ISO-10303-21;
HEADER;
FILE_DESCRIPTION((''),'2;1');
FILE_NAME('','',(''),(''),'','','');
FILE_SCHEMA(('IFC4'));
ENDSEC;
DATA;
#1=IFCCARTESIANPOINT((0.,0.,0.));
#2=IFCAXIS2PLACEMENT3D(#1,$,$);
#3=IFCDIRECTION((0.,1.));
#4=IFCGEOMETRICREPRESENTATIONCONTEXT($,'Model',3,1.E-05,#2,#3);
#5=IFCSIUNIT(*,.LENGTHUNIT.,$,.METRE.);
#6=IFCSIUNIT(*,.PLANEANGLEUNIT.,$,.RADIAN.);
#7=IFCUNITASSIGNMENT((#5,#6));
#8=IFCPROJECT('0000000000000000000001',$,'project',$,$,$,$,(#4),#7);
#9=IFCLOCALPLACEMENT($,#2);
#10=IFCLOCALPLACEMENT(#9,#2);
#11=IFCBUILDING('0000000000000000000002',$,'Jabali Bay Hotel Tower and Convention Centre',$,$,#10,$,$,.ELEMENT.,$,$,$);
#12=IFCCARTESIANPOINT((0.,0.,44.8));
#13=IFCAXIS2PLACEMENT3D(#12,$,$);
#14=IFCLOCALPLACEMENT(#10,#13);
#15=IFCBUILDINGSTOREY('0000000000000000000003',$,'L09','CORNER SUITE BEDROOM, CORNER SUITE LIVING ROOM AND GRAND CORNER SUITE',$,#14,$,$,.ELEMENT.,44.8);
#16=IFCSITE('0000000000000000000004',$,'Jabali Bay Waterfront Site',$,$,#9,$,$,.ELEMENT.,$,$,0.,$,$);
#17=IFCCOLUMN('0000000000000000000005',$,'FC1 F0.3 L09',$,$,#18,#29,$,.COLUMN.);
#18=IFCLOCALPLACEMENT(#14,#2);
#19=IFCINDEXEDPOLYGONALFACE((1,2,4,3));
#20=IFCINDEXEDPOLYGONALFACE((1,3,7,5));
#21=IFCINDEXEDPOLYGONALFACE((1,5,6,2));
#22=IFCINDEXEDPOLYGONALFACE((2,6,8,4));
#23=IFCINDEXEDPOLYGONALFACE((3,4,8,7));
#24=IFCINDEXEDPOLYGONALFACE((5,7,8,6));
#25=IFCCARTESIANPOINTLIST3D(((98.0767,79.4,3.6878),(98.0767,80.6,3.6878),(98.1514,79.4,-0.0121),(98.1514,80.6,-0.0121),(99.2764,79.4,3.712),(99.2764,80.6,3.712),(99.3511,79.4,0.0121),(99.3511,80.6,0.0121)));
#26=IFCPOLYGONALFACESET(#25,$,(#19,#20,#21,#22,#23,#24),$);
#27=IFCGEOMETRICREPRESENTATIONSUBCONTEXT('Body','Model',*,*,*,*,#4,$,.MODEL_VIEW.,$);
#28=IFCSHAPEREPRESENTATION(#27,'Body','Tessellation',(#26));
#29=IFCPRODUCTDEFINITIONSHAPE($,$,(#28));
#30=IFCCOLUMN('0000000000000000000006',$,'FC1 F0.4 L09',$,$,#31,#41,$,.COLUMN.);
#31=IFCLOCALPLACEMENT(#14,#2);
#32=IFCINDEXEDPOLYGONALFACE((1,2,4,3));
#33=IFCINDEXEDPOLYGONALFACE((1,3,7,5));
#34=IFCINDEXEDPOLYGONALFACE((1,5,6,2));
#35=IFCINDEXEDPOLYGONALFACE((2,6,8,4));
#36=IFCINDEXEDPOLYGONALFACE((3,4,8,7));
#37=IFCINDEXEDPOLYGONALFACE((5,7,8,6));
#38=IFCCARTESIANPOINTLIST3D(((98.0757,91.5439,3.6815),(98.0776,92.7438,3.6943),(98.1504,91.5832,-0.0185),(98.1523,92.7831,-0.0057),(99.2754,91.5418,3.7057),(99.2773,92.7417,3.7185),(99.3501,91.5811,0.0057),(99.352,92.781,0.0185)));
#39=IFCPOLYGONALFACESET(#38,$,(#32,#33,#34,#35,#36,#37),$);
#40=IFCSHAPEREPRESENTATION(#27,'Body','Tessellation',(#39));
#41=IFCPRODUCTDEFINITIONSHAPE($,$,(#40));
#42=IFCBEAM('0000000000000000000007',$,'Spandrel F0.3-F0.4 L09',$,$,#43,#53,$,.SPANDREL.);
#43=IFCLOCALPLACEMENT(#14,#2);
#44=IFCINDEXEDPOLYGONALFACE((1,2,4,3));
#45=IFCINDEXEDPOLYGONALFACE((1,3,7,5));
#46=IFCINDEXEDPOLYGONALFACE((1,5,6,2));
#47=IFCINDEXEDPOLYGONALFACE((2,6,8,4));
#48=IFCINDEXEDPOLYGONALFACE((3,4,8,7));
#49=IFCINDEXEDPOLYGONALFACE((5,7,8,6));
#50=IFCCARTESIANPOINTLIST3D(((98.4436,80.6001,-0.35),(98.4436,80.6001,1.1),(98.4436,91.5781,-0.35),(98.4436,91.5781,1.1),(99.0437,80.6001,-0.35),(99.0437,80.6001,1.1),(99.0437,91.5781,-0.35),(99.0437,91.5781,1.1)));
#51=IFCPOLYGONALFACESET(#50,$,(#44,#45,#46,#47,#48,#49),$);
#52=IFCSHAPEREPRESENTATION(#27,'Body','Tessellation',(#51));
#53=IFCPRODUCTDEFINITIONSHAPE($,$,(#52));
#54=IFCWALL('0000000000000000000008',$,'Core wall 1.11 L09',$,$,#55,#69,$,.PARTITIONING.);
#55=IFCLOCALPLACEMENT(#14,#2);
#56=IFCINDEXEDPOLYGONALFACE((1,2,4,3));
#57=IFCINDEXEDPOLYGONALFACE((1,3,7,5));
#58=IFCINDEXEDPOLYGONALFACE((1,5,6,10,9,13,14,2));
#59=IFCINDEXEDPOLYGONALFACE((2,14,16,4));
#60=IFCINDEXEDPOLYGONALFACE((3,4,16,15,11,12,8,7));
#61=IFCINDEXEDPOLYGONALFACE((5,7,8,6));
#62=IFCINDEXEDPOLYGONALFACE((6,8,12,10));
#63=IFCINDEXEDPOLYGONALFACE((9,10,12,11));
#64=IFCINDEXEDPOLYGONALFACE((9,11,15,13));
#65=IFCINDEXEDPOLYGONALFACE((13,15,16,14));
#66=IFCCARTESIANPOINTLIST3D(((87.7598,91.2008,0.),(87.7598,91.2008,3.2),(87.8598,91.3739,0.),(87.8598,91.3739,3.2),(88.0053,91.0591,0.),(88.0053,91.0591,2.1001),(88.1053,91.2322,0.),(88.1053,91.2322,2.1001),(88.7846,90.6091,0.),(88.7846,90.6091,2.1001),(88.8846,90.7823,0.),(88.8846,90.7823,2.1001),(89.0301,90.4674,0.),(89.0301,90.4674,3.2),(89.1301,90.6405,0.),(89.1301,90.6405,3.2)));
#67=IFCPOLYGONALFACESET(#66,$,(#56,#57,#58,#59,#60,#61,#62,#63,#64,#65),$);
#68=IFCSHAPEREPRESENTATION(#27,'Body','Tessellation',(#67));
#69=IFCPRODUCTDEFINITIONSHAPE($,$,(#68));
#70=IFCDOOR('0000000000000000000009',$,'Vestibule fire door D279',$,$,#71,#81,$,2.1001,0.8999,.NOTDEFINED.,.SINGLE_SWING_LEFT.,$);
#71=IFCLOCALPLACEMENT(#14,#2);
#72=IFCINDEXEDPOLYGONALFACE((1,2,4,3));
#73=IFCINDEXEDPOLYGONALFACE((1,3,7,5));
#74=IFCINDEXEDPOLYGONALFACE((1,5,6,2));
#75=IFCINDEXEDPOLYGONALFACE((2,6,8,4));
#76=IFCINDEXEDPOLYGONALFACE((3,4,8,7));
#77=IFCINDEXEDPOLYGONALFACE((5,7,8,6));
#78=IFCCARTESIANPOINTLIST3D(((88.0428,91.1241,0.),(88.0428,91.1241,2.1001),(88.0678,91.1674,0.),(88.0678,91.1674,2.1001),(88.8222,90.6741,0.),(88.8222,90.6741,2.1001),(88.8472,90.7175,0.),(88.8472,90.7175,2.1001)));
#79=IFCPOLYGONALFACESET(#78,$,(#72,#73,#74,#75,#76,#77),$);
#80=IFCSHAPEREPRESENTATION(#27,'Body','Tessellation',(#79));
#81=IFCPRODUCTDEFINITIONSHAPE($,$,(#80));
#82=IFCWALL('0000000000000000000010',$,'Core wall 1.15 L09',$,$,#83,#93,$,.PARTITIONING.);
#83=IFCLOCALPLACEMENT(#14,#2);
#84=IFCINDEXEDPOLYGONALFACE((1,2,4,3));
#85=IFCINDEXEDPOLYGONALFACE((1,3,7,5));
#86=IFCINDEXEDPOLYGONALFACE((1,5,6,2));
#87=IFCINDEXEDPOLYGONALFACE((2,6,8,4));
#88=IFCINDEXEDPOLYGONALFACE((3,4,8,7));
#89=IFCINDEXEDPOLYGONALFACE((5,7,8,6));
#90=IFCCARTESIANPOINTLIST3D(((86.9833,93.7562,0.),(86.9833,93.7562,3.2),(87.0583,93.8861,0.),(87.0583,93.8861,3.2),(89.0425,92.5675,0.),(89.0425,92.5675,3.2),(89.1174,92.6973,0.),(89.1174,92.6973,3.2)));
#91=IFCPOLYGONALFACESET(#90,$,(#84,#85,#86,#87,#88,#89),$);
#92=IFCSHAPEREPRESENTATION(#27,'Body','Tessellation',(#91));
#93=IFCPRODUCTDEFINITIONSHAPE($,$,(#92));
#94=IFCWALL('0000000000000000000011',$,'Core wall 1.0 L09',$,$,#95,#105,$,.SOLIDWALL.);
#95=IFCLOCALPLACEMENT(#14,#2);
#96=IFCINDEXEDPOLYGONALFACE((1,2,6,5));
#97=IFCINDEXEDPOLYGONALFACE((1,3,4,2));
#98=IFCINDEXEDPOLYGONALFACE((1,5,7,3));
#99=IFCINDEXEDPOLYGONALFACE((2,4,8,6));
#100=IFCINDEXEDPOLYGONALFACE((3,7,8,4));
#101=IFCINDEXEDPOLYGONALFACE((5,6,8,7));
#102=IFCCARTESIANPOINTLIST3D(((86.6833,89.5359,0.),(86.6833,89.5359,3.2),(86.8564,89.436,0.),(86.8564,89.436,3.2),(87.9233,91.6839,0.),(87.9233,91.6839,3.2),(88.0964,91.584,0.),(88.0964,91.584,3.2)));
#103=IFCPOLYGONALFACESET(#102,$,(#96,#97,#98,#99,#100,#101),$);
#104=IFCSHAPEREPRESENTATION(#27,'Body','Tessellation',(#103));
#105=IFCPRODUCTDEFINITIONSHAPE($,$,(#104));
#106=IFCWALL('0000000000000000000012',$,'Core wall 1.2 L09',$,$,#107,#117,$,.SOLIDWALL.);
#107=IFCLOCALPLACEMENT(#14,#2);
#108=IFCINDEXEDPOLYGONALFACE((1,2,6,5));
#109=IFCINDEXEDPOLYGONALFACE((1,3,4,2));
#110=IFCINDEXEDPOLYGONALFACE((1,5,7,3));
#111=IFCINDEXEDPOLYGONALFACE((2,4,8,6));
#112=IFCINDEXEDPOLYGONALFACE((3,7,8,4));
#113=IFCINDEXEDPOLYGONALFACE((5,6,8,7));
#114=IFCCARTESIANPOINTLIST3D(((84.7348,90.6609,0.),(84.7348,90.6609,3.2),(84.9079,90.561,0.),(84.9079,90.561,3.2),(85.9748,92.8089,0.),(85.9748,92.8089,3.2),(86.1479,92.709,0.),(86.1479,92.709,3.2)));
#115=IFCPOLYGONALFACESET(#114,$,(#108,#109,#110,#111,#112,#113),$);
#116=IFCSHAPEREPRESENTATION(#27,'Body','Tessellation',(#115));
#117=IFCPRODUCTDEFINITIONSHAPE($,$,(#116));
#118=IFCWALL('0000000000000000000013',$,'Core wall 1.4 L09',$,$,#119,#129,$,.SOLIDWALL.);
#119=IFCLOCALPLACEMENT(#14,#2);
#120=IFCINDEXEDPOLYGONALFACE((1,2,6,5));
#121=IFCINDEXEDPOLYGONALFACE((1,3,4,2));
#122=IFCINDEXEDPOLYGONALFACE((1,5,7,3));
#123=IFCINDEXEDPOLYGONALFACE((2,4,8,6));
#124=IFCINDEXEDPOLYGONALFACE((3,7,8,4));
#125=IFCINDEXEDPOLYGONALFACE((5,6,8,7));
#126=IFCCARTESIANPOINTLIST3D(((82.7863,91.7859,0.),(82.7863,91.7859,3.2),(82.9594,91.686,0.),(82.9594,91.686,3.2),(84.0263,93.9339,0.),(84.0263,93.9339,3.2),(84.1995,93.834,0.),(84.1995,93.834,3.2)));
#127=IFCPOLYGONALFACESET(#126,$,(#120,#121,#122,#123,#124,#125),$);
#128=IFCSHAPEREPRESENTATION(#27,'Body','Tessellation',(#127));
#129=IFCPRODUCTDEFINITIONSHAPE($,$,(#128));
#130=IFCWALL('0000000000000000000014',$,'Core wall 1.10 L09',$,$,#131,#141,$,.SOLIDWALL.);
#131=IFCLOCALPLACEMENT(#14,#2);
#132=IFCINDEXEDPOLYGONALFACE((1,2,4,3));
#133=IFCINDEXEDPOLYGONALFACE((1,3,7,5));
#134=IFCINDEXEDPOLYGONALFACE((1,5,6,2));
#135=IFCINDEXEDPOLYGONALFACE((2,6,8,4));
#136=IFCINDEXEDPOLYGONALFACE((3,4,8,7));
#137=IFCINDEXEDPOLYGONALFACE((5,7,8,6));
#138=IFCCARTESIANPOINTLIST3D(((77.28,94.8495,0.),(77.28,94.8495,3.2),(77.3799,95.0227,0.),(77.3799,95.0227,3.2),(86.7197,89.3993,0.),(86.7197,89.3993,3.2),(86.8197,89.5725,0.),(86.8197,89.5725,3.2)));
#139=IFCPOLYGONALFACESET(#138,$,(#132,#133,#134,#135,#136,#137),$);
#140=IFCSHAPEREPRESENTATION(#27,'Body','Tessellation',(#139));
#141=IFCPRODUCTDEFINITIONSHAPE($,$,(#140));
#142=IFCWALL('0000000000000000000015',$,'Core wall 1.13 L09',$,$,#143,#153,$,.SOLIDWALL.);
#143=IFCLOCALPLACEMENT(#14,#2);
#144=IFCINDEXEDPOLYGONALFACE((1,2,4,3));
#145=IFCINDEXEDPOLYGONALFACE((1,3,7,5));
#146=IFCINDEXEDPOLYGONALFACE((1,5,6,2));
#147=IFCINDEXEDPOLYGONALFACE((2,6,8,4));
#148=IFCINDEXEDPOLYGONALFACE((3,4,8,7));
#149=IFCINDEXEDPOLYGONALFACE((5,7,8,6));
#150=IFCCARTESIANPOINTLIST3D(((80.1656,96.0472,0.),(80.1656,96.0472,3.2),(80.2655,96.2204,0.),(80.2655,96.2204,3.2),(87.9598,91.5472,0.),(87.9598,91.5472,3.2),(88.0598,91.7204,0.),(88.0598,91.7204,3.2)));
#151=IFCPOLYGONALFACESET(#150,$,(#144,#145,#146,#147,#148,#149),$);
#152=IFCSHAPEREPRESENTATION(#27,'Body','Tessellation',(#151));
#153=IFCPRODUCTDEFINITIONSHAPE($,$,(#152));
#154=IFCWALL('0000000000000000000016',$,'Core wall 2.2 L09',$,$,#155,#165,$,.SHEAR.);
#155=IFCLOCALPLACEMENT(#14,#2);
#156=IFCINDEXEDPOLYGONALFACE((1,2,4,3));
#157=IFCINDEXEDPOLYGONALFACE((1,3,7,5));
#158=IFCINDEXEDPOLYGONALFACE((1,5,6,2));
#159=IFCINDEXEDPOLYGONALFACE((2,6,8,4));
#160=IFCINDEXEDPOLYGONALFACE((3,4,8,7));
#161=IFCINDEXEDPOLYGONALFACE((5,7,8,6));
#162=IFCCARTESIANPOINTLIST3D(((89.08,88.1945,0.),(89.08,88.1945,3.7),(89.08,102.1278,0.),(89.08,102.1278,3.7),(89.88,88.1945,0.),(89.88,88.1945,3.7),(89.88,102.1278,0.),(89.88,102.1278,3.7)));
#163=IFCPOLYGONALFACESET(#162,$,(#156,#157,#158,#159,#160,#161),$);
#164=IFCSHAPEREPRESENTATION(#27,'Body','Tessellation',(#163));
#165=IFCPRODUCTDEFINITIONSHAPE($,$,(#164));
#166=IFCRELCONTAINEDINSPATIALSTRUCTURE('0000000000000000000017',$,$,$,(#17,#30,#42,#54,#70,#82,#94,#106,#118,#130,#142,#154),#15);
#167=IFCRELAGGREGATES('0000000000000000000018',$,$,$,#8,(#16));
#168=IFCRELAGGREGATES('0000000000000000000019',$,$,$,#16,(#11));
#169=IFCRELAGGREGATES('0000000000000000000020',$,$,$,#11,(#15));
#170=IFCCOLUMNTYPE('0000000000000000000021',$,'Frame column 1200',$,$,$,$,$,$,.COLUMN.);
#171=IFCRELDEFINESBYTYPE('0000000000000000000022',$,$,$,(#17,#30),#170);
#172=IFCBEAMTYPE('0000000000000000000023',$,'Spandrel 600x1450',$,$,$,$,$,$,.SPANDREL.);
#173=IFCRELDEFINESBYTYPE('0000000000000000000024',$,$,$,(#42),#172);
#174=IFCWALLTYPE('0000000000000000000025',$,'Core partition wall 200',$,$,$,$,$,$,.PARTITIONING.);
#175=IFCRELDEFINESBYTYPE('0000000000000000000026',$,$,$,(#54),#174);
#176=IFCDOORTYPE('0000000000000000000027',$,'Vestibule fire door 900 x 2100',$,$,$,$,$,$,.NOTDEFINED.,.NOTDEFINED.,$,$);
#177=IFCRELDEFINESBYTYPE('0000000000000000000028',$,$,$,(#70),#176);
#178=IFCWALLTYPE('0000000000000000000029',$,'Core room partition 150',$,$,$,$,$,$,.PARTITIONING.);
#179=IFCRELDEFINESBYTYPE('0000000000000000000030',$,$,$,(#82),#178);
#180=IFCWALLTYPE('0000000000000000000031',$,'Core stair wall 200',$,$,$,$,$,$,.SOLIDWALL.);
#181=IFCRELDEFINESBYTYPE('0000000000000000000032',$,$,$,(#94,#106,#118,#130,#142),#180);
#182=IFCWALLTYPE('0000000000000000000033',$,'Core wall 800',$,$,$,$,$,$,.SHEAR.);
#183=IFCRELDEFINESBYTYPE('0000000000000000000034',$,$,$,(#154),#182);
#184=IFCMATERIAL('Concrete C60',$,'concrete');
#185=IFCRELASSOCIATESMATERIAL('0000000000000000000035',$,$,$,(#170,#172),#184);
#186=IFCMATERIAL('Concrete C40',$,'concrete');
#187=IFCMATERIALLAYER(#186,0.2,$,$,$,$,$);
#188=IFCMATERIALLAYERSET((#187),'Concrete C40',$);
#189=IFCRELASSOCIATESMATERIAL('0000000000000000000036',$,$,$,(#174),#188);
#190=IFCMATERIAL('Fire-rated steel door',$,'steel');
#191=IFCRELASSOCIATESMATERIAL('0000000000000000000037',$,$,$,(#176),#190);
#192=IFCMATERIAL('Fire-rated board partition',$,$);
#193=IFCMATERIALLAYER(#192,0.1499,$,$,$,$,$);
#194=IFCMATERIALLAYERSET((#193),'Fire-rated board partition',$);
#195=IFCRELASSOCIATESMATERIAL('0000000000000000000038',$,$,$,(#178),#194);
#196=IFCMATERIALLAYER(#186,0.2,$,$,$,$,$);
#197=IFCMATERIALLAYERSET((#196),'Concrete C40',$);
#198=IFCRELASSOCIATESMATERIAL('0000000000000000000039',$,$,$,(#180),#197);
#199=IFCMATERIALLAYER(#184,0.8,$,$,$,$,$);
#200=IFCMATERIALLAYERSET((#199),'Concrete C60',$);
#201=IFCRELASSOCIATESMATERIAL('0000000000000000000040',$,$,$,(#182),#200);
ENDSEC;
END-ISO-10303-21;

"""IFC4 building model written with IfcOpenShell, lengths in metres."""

from ifc_helpers import new_model, si_unit, direction, frame, frame_2d, origin, origin_2d, place, context, subcontext, project, spatial, rectangle, extrude, material, layer, layer_set, material_profile, profile_set, type_object, element, fill, save


model = new_model("IFC4")

# Units and contexts
model_context = context("Model", 3, precision=1e-05, world=origin(), true_north=direction((0.0, 1.0)))
body_context = subcontext(model_context, "Body", "Model", "MODEL_VIEW")
ifc_project = project(units=[si_unit("LENGTHUNIT", "METRE"), si_unit("PLANEANGLEUNIT", "RADIAN")], contexts=[model_context])

# Site, building, storey
site_placement = place(None, origin())
site = spatial("IfcSite", under=ifc_project, at=site_placement, Name="Jabali Bay Waterfront Site", CompositionType="ELEMENT", RefElevation=0.0)
building_placement = place(site_placement, origin())
building = spatial("IfcBuilding", under=site, at=building_placement, Name="Jabali Bay Hotel Tower and Convention Centre", CompositionType="ELEMENT")
storey_placement = place(building_placement, frame((0.0, 0.0, 44.8)))
storey = spatial("IfcBuildingStorey", under=building, at=storey_placement, Name="L09", Description="CORNER SUITE BEDROOM, CORNER SUITE LIVING ROOM AND GRAND CORNER SUITE", CompositionType="ELEMENT", Elevation=44.8)

# Columns
ifc_material_1 = material(Name="Concrete C60", Category="concrete")
ifc_material_profile_1 = material_profile(ifc_material_1, rectangle(XDim=1.2, YDim=1.2, at=origin_2d()), Name="Frame column 1200")
ifc_profile_set_1 = profile_set([ifc_material_profile_1], Name="Concrete C60")
column_type = type_object("IfcColumnType", Name="Frame column 1200", PredefinedType="COLUMN", material=ifc_profile_set_1)
column_1_placement = place(storey_placement, frame((98.7512, 80.0, 0.0), z_axis=(-0.020187, 0.0, 0.999796), x_axis=(0.0, -1.0, 0.0)))
element("IfcColumn", 1, at=column_1_placement, inside=storey, type_object=column_type, Name="FC1 F0.3 L09", PredefinedType="COLUMN", context=body_context, shape_type="SweptSolid", body=[
    extrude(rectangle(XDim=1.2, YDim=1.2, at=origin_2d()), origin(), (0.0, 0.0, 1.0), 3.7007),
])
column_2_placement = place(storey_placement, frame((98.7512, 92.1821, 0.0), z_axis=(-0.020186, -0.010621, 0.99974), x_axis=(0.999795, -0.001758, 0.020169)))
element("IfcColumn", 2, at=column_2_placement, inside=storey, type_object=column_type, Name="FC1 F0.4 L09", PredefinedType="COLUMN", context=body_context, shape_type="SweptSolid", body=[
    extrude(rectangle(XDim=1.2, YDim=1.2, at=origin_2d()), origin(), (0.0, 0.0, 1.0), 3.7009),
])

# Beam
ifc_material_profile_2 = material_profile(ifc_material_1, rectangle(XDim=0.6001, YDim=1.45, at=origin_2d()), Name="Spandrel 600x1450")
ifc_profile_set_2 = profile_set([ifc_material_profile_2], Name="Concrete C60")
beam_type = type_object("IfcBeamType", Name="Spandrel 600x1450", PredefinedType="SPANDREL", material=ifc_profile_set_2)
beam_placement = place(storey_placement, frame((98.7437, 80.6001, 0.375), z_axis=(0.0, 1.0, 0.0), x_axis=(-1.0, 0.0, 0.0)))
element("IfcBeam", 3, at=beam_placement, inside=storey, type_object=beam_type, Name="Spandrel F0.3-F0.4 L09", PredefinedType="SPANDREL", context=body_context, shape_type="SweptSolid", body=[
    extrude(rectangle(XDim=0.6001, YDim=1.45, at=origin_2d()), origin(), (0.0, 0.0, 1.0), 10.978),
])

# Wall, opening, door
ifc_material_2 = material(Name="Concrete C40", Category="concrete")
ifc_layer_1 = layer(ifc_material_2, 0.2)
ifc_layer_set_1 = layer_set([ifc_layer_1], Name="Concrete C40")
wall_type_1 = type_object("IfcWallType", Name="Core partition wall 200", PredefinedType="PARTITIONING", material=ifc_layer_set_1)
wall_1_placement = place(storey_placement, frame((89.0801, 90.554, 0.0), z_axis=(0.0, 0.0, 1.0), x_axis=(-0.866022, 0.500006, 0.0)))
wall_1 = element("IfcWall", 4, at=wall_1_placement, inside=storey, type_object=wall_type_1, Name="Core wall 1.11 L09", PredefinedType="PARTITIONING", context=body_context, shape_type="SweptSolid", body=[
    extrude(rectangle(XDim=1.4668, YDim=0.2, at=frame_2d((0.7334, 0.0))), origin(), (0.0, 0.0, 1.0), 3.2),
])
opening_1_placement = place(wall_1_placement, frame((0.2834, 0.0, 0.0)))
opening_1 = element("IfcOpeningElement", 5, at=opening_1_placement, cuts=wall_1, PredefinedType="OPENING", context=body_context, shape_type="SweptSolid", body=[
    extrude(rectangle(XDim=0.8999, YDim=2.1001, at=frame_2d((0.45, 1.05))), frame((0.0, 0.1104, 0.0), z_axis=(0.0, -1.0, 0.0), x_axis=(1.0, 0.0, 0.0)), (0.0, 0.0, 1.0), 0.2209),
])
ifc_material_3 = material(Name="Fire-rated steel door", Category="steel")
door_type_1 = type_object("IfcDoorType", Name="Vestibule fire door 900 x 2100", OperationType="NOTDEFINED", PredefinedType="NOTDEFINED", material=ifc_material_3)
door_1_placement = place(opening_1_placement, origin())
door_1 = element("IfcDoor", 6, at=door_1_placement, inside=storey, type_object=door_type_1, Name="Vestibule fire door D279", OperationType="SINGLE_SWING_LEFT", OverallHeight=2.1001, OverallWidth=0.8999, PredefinedType="NOTDEFINED", context=body_context, shape_type="SweptSolid", body=[
    extrude(rectangle(XDim=0.8999, YDim=2.1001, at=frame_2d((0.45, 1.05))), frame((0.0, 0.0249, 0.0), z_axis=(0.0, -1.0, 0.0), x_axis=(1.0, 0.0, 0.0)), (0.0, 0.0, 1.0), 0.05),
])
fill(opening_1, door_1)

# Walls
ifc_material_4 = material(Name="Fire-rated board partition")
ifc_layer_2 = layer(ifc_material_4, 0.1499)
ifc_layer_set_2 = layer_set([ifc_layer_2], Name="Fire-rated board partition")
wall_type_2 = type_object("IfcWallType", Name="Core room partition 150", PredefinedType="PARTITIONING", material=ifc_layer_set_2)
wall_2_placement = place(storey_placement, frame((89.0801, 92.6323, 0.0), z_axis=(0.0, 0.0, 1.0), x_axis=(-0.866042, 0.499971, 0.0)))
element("IfcWall", 7, at=wall_2_placement, inside=storey, type_object=wall_type_2, Name="Core wall 1.15 L09", PredefinedType="PARTITIONING", context=body_context, shape_type="SweptSolid", body=[
    extrude(rectangle(XDim=2.3777, YDim=0.1499, at=frame_2d((1.189, 0.0))), origin(), (0.0, 0.0, 1.0), 3.2),
])
ifc_layer_3 = layer(ifc_material_2, 0.2)
ifc_layer_set_3 = layer_set([ifc_layer_3], Name="Concrete C40")
wall_type_3 = type_object("IfcWallType", Name="Core stair wall 200", PredefinedType="SOLIDWALL", material=ifc_layer_set_3)
for number, where, z_axis, x_axis, name in (
    (8, (86.7698, 89.4858, 0.0), (0.0, 0.0, 1.0), (0.499961, 0.866048, 0.0), "Core wall 1.0 L09"),
    (9, (84.8213, 90.6108, 0.0), (0.0, 0.0, 1.0), (0.499961, 0.866048, 0.0), "Core wall 1.2 L09"),
    (10, (82.8728, 91.7358, 0.0), (0.0, 0.0, 1.0), (0.499961, 0.866048, 0.0), "Core wall 1.4 L09"),
):
    element("IfcWall", number, at=place(storey_placement, frame(where, z_axis=z_axis, x_axis=x_axis)), inside=storey, type_object=wall_type_3, Name=name, PredefinedType="SOLIDWALL", context=body_context, shape_type="SweptSolid", body=[
        extrude(rectangle(XDim=2.4802, YDim=0.2, at=frame_2d((1.2402, 0.0))), origin(), (0.0, 0.0, 1.0), 3.2),
    ])
wall_3_placement = place(storey_placement, frame((86.7698, 89.4858, 0.0), z_axis=(0.0, 0.0, 1.0), x_axis=(-0.866018, 0.500013, 0.0)))
element("IfcWall", 11, at=wall_3_placement, inside=storey, type_object=wall_type_3, Name="Core wall 1.10 L09", PredefinedType="SOLIDWALL", context=body_context, shape_type="SweptSolid", body=[
    extrude(rectangle(XDim=10.9001, YDim=0.2, at=frame_2d((5.4502, 0.0))), origin(), (0.0, 0.0, 1.0), 3.2),
])
wall_4_placement = place(storey_placement, frame((88.0098, 91.6338, 0.0), z_axis=(0.0, 0.0, 1.0), x_axis=(-0.866024, 0.500002, 0.0)))
element("IfcWall", 12, at=wall_4_placement, inside=storey, type_object=wall_type_3, Name="Core wall 1.13 L09", PredefinedType="SOLIDWALL", context=body_context, shape_type="SweptSolid", body=[
    extrude(rectangle(XDim=9.0, YDim=0.2, at=frame_2d((4.5, 0.0))), origin(), (0.0, 0.0, 1.0), 3.2),
])
ifc_layer_4 = layer(ifc_material_1, 0.8)
ifc_layer_set_4 = layer_set([ifc_layer_4], Name="Concrete C60")
wall_type_4 = type_object("IfcWallType", Name="Core wall 800", PredefinedType="SHEAR", material=ifc_layer_set_4)
wall_5_placement = place(storey_placement, frame((89.48, 88.1943, 0.0), z_axis=(0.0, 0.0, 1.0), x_axis=(0.0, 1.0, 0.0)))
element("IfcWall", 13, at=wall_5_placement, inside=storey, type_object=wall_type_4, Name="Core wall 2.2 L09", PredefinedType="SHEAR", context=body_context, shape_type="SweptSolid", body=[
    extrude(rectangle(XDim=13.9333, YDim=0.8, at=frame_2d((6.9668, 0.0))), origin(), (0.0, 0.0, 1.0), 3.7),
])

save(model, "model.ifc")
